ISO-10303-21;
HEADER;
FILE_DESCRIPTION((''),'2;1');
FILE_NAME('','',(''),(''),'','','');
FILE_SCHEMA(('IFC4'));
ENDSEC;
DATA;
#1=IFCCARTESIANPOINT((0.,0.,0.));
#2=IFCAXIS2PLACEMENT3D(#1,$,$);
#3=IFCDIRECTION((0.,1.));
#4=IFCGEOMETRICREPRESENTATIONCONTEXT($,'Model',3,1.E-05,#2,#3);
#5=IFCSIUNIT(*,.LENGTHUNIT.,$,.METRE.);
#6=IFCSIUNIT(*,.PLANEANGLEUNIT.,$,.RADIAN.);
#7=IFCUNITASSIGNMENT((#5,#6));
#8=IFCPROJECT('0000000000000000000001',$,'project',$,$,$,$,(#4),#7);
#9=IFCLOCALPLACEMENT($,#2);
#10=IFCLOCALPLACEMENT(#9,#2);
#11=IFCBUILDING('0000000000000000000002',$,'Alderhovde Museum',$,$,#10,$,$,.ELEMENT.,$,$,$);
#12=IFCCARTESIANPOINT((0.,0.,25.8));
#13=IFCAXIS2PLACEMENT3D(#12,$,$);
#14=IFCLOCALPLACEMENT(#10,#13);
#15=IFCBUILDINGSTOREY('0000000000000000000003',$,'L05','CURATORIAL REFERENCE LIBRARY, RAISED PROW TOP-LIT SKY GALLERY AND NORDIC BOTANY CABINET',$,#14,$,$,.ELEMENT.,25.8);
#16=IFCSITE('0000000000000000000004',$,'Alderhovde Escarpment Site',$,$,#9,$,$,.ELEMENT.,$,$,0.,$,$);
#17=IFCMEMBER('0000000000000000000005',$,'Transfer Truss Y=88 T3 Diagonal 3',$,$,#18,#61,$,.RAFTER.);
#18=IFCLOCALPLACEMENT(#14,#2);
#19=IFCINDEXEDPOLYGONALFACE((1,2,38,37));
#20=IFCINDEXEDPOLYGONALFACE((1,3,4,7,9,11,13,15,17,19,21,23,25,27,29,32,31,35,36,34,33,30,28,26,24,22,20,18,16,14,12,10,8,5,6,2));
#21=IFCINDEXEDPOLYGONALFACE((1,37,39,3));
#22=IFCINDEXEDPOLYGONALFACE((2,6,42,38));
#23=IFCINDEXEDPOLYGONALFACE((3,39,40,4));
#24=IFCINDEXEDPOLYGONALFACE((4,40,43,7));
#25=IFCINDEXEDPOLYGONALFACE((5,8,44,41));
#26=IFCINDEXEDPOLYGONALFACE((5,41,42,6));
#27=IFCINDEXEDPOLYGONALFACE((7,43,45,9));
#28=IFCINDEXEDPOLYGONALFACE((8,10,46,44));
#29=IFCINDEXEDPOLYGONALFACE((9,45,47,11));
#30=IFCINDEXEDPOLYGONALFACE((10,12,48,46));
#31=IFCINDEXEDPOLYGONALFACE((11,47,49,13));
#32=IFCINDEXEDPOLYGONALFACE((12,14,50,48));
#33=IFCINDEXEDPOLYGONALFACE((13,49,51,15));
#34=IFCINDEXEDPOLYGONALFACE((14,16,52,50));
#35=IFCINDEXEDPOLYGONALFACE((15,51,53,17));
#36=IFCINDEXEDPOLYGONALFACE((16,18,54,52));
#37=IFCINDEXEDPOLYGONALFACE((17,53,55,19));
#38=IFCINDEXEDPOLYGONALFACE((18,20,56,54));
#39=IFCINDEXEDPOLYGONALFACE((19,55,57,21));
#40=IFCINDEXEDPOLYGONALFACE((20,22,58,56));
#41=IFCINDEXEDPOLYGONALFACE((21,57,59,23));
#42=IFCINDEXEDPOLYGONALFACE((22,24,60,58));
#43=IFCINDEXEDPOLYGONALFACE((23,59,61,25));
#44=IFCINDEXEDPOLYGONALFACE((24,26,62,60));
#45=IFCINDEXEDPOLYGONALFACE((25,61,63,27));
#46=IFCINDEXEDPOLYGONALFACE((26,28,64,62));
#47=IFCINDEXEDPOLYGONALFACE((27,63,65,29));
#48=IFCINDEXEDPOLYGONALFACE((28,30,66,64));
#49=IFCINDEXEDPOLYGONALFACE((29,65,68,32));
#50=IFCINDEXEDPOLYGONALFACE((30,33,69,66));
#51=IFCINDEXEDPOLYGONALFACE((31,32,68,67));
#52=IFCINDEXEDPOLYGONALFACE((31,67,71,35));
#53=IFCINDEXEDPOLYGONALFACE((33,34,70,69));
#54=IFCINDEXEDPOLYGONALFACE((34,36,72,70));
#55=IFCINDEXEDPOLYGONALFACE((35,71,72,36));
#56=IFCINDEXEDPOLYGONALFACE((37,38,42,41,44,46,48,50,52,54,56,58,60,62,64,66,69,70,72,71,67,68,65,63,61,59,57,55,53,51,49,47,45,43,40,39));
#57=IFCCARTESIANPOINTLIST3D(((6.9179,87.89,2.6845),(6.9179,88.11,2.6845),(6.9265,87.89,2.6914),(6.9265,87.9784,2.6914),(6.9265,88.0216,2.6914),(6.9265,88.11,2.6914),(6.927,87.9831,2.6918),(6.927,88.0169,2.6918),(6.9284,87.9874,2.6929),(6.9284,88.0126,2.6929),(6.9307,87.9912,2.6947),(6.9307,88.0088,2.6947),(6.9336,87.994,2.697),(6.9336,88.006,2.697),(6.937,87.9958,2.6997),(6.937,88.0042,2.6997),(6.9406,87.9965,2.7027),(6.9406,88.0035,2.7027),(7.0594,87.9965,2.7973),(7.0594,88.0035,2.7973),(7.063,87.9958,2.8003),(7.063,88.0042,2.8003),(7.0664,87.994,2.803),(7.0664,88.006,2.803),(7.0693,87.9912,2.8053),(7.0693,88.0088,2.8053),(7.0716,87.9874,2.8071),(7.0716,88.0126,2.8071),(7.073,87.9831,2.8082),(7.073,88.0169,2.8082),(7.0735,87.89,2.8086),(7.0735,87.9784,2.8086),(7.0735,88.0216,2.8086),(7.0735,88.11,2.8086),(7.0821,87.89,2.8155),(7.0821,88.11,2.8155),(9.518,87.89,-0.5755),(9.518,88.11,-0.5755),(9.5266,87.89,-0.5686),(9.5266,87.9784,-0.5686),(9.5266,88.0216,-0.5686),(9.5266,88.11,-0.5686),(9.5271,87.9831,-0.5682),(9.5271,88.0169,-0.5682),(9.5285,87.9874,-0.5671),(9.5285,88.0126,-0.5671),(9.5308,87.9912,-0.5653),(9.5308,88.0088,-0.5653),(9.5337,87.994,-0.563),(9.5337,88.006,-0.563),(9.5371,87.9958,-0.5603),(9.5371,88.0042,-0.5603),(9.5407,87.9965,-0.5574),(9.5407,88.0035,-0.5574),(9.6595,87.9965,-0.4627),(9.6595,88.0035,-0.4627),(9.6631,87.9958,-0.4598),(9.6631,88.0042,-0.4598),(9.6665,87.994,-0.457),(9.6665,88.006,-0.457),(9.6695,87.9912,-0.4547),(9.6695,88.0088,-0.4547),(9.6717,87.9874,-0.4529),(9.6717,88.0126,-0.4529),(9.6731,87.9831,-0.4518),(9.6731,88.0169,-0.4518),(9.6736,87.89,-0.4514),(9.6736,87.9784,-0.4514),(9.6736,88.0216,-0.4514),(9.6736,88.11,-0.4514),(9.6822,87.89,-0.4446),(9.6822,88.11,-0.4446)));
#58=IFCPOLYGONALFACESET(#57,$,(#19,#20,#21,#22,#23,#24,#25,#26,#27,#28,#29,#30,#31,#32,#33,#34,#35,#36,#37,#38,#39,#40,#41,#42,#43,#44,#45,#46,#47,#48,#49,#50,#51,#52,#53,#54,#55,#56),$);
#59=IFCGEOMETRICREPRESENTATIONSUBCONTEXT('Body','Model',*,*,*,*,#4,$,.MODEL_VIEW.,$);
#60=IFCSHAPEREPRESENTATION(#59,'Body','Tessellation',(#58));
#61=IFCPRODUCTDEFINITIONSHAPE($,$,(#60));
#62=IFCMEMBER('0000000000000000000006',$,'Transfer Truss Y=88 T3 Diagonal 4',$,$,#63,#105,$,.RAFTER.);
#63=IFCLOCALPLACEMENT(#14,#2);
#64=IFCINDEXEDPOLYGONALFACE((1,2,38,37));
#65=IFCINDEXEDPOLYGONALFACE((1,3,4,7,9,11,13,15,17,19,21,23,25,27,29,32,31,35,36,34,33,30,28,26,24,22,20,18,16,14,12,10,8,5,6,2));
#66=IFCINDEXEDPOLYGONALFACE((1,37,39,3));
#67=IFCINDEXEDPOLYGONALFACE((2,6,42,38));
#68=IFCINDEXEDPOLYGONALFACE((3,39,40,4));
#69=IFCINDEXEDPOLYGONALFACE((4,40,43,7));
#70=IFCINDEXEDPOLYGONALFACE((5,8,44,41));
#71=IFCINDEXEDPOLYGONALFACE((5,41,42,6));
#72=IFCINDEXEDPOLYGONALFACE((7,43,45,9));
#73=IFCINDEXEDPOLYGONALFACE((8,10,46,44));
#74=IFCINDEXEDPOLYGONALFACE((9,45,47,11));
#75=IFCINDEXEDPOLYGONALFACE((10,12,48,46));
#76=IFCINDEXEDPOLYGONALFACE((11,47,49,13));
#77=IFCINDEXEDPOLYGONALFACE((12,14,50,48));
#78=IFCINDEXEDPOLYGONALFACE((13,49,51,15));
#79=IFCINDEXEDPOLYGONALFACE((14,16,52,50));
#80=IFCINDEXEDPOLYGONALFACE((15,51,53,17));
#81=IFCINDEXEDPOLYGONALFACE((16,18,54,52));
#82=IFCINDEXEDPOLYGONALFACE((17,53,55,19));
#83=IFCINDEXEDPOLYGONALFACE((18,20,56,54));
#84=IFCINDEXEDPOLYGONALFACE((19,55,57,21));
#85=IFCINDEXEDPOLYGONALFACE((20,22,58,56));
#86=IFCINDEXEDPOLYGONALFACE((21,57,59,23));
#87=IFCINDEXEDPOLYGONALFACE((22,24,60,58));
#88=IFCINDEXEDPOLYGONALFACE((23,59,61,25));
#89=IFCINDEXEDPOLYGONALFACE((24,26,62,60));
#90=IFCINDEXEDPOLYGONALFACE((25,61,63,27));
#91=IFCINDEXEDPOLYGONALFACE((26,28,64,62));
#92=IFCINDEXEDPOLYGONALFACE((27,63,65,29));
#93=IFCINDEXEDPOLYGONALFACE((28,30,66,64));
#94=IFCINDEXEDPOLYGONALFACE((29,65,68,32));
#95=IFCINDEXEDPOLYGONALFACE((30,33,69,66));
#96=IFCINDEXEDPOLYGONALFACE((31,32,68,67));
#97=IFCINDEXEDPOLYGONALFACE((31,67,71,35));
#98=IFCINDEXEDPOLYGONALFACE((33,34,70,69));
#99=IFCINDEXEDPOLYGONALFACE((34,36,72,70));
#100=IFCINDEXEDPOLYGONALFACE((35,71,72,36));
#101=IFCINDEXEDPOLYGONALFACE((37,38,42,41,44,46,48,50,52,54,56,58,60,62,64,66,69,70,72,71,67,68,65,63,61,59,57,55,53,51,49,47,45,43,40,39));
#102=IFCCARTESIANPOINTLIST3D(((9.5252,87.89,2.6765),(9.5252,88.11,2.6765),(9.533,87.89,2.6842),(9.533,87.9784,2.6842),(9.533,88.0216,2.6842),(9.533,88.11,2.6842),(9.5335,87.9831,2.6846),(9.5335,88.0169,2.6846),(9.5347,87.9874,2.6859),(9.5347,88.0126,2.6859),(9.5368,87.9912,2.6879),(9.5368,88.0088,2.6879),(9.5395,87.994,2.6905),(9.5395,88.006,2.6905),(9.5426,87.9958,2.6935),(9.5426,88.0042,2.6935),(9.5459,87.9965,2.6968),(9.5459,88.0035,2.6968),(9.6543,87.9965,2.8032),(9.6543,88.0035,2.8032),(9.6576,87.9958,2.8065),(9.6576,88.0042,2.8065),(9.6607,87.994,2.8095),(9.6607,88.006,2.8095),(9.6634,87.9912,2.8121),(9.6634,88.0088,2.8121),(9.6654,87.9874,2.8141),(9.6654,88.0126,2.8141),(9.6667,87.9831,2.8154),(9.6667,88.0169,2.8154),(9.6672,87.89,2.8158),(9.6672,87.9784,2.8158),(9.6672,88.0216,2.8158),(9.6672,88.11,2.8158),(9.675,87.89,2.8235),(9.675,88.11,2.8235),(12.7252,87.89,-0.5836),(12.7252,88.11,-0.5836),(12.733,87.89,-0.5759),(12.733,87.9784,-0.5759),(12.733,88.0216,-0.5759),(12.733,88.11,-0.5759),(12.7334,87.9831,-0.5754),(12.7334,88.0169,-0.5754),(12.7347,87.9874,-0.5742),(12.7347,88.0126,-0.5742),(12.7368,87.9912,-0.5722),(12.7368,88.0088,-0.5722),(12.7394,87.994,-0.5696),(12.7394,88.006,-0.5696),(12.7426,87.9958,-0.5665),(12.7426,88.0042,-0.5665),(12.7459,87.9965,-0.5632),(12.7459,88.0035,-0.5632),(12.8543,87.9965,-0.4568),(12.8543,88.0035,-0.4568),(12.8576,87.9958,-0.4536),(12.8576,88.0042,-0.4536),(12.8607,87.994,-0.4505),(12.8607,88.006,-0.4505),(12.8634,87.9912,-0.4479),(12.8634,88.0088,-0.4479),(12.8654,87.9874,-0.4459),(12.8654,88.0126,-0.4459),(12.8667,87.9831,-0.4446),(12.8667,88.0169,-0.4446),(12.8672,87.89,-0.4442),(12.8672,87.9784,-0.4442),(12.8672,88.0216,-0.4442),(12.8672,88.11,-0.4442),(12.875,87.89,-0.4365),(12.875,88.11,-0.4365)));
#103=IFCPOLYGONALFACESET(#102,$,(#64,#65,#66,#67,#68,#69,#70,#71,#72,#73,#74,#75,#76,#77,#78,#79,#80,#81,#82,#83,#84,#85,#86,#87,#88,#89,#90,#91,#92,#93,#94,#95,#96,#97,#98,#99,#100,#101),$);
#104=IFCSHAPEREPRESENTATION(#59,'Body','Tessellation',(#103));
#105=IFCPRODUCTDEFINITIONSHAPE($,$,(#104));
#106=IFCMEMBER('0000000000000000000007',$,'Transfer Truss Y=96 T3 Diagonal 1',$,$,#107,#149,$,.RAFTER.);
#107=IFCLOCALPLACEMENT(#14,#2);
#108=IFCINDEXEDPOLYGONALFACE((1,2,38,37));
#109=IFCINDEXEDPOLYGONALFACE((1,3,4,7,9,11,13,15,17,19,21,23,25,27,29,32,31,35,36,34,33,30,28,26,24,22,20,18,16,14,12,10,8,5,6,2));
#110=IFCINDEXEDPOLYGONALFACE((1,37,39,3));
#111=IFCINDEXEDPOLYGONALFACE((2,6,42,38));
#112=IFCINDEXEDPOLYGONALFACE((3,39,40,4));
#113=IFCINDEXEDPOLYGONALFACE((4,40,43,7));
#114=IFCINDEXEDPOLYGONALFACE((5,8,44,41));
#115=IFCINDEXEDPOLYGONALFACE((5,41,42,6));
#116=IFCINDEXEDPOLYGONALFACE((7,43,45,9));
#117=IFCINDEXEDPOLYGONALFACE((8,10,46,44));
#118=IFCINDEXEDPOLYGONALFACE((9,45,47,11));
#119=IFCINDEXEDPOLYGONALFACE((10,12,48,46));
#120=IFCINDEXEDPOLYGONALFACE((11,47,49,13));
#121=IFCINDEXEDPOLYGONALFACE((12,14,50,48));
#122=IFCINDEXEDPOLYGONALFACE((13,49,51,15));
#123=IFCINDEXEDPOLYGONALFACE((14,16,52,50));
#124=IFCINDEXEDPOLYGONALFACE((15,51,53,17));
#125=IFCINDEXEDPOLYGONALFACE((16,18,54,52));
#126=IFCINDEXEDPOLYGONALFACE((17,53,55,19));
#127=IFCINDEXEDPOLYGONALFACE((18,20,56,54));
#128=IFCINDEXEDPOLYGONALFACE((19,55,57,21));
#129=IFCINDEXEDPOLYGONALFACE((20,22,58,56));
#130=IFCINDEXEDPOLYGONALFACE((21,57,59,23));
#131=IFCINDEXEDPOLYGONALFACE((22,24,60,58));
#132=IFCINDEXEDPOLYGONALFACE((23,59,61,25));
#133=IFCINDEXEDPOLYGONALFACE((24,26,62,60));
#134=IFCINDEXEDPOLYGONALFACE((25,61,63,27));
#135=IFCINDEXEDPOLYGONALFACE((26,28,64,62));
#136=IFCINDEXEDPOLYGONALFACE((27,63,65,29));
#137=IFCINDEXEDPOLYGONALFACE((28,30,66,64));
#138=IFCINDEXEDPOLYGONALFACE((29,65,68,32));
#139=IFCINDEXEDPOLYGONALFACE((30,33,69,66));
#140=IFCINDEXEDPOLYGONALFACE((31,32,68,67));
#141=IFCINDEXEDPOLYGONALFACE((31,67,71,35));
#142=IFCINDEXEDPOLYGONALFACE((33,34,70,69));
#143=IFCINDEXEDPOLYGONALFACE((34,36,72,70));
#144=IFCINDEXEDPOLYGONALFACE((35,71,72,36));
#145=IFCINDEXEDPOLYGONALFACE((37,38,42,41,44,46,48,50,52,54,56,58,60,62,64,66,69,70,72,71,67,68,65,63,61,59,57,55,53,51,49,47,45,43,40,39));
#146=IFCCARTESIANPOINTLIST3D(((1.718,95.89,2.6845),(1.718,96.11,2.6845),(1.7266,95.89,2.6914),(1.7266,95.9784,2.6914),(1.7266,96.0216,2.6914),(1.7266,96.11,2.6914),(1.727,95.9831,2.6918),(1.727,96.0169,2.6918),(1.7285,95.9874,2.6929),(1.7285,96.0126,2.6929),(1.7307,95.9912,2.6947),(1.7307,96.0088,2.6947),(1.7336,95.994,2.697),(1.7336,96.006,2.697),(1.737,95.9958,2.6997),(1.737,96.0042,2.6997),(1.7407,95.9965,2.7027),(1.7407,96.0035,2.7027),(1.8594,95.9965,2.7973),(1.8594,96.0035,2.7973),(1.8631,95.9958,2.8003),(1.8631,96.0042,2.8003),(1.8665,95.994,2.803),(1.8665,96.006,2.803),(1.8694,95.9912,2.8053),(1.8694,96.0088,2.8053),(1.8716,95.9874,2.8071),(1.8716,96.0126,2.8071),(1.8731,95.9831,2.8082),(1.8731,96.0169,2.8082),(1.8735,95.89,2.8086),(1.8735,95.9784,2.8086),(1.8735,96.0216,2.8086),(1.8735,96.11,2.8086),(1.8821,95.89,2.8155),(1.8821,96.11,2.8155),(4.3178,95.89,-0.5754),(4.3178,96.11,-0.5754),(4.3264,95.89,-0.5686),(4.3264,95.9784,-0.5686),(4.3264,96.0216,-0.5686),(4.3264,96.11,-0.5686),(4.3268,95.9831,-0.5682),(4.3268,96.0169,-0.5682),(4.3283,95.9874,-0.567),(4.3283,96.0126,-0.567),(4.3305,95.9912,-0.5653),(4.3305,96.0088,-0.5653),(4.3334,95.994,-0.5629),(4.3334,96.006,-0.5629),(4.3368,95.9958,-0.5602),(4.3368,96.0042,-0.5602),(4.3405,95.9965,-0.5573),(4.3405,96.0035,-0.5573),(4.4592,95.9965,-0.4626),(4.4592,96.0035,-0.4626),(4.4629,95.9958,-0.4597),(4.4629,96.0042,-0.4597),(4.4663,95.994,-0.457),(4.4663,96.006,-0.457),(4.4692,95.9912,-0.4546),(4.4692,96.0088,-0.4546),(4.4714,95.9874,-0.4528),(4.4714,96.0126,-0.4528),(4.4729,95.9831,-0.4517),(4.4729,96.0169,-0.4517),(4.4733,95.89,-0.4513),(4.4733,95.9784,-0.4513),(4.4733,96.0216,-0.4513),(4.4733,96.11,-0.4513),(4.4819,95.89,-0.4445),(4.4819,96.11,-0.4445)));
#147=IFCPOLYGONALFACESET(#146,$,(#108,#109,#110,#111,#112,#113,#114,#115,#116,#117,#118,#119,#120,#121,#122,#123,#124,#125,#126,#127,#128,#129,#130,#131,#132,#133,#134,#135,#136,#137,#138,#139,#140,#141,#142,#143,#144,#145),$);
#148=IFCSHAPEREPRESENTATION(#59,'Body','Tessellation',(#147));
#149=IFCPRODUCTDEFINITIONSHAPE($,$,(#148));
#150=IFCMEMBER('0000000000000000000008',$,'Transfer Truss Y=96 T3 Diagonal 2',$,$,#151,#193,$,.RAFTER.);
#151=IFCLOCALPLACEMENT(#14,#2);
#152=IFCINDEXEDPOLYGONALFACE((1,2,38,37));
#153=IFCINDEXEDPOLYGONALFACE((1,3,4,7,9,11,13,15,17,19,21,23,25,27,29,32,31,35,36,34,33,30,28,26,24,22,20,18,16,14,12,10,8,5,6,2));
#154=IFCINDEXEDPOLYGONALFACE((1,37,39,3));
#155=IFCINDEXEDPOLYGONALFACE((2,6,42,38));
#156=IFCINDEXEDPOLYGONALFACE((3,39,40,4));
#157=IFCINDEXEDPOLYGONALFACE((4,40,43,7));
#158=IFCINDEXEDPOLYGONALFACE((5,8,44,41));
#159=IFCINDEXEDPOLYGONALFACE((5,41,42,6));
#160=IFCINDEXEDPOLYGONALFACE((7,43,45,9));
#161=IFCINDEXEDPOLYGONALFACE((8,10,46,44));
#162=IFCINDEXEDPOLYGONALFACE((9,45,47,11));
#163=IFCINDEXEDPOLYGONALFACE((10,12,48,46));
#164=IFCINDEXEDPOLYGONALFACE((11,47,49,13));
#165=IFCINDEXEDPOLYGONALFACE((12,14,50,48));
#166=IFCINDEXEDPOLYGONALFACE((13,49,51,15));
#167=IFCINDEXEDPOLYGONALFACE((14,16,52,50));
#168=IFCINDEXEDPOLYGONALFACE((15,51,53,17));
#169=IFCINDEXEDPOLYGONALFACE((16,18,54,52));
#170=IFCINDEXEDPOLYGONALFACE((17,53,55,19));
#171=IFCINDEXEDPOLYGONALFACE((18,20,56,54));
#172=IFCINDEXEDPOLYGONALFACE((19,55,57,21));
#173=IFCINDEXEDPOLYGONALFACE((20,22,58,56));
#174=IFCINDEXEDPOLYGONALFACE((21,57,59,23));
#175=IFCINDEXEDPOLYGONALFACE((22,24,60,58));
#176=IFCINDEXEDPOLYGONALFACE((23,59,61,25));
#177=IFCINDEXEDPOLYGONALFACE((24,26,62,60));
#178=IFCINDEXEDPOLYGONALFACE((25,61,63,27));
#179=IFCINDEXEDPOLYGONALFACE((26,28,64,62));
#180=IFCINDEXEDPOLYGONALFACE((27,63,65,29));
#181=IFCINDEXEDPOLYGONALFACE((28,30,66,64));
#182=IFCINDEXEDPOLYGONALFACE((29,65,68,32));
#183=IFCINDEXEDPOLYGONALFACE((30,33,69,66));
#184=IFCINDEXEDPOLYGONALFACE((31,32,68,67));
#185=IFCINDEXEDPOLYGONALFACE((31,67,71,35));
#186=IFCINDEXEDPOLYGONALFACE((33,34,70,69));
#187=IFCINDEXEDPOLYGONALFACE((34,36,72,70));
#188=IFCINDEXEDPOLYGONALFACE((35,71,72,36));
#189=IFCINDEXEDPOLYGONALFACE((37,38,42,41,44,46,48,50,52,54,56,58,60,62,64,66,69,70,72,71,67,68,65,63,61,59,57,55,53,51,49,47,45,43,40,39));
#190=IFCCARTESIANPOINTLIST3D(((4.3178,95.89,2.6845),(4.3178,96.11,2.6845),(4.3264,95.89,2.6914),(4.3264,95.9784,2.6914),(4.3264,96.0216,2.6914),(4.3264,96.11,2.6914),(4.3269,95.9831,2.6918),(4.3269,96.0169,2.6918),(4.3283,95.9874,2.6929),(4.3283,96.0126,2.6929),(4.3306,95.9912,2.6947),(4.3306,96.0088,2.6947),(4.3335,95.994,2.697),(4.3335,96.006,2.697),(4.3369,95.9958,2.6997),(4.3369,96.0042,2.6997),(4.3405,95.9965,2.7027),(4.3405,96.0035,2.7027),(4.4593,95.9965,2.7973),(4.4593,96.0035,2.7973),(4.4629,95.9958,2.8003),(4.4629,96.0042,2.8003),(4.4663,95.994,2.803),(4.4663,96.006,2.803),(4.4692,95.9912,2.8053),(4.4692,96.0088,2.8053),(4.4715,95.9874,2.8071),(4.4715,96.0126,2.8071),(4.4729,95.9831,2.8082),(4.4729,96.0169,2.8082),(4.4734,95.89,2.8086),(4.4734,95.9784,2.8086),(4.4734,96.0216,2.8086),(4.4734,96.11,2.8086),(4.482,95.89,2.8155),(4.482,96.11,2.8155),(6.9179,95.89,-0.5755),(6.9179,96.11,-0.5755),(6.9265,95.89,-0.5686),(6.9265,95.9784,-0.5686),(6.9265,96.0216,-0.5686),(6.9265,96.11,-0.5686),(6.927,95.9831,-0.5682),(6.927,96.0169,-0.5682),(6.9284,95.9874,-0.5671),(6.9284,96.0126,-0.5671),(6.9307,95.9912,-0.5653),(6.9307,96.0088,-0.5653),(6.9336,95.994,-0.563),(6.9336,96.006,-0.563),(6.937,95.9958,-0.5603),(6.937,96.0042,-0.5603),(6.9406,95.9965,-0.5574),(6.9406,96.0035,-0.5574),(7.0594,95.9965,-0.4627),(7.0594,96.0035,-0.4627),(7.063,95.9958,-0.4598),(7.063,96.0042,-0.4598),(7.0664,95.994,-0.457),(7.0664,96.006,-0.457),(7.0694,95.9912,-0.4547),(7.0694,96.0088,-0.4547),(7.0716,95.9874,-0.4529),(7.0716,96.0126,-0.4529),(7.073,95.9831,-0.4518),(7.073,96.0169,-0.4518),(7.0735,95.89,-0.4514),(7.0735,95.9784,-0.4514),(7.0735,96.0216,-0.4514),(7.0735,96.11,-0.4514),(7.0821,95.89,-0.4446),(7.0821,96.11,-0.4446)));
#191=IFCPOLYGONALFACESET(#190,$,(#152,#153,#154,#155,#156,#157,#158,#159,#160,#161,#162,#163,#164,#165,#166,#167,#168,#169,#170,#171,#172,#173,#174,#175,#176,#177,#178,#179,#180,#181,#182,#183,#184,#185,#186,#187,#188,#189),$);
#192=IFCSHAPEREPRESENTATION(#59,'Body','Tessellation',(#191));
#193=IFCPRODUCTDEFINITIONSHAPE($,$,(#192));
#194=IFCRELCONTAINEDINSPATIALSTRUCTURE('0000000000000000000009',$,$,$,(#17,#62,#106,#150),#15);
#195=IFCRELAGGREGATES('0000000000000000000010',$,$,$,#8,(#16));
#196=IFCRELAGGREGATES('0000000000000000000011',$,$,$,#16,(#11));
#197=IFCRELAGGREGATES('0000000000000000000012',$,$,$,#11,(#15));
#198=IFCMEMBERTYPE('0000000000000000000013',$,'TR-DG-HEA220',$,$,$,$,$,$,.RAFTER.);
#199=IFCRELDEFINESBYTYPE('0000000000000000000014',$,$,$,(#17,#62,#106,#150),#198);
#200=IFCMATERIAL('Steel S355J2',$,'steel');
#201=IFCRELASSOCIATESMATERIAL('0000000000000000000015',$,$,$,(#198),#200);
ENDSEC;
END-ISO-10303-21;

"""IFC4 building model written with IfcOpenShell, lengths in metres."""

from ifc_helpers import new_model, si_unit, direction, frame, origin, origin_2d, place, context, subcontext, project, spatial, i_section, extrude, material, material_profile, profile_set, type_object, element, save


model = new_model("IFC4")

# Units and contexts
model_context = context("Model", 3, precision=1e-05, world=origin(), true_north=direction((0.0, 1.0)))
body_context = subcontext(model_context, "Body", "Model", "MODEL_VIEW")
ifc_project = project(units=[si_unit("LENGTHUNIT", "METRE"), si_unit("PLANEANGLEUNIT", "RADIAN")], contexts=[model_context])

# Site, building, storey
site_placement = place(None, origin())
site = spatial("IfcSite", under=ifc_project, at=site_placement, Name="Alderhovde Escarpment Site", CompositionType="ELEMENT", RefElevation=0.0)
building_placement = place(site_placement, origin())
building = spatial("IfcBuilding", under=site, at=building_placement, Name="Alderhovde Museum", CompositionType="ELEMENT")
storey_placement = place(building_placement, frame((0.0, 0.0, 25.8)))
storey = spatial("IfcBuildingStorey", under=building, at=storey_placement, Name="L05", Description="CURATORIAL REFERENCE LIBRARY, RAISED PROW TOP-LIT SKY GALLERY AND NORDIC BOTANY CABINET", CompositionType="ELEMENT", Elevation=25.8)

# Members
ifc_material_1 = material(Name="Steel S355J2", Category="steel")
ifc_material_profile_1 = material_profile(ifc_material_1, i_section(OverallWidth=0.22, OverallDepth=0.21, WebThickness=0.0071, FlangeThickness=0.011, FilletRadius=0.0181, at=origin_2d()), Name="HEA 220")
ifc_profile_set_1 = profile_set([ifc_material_profile_1], Name="Steel S355J2")
member_type_1 = type_object("IfcMemberType", Name="TR-DG-HEA220", PredefinedType="RAFTER", material=ifc_profile_set_1)
for number, where, z_axis, x_axis, name in (
    (1, (7.0, 88.0, 2.75), (0.623538, 0.0, -0.781793), (0.0, 1.0, 0.0), "Transfer Truss Y=88 T3 Diagonal 3"),
):
    element("IfcMember", number, at=place(storey_placement, frame(where, z_axis=z_axis, x_axis=x_axis)), inside=storey, type_object=member_type_1, Name=name, PredefinedType="RAFTER", context=body_context, shape_type="SweptSolid", body=[
        extrude(i_section(OverallWidth=0.22, OverallDepth=0.21, WebThickness=0.0071, FlangeThickness=0.011, FilletRadius=0.0181, at=origin_2d()), origin(), (0.0, 0.0, 1.0), 4.1699),
    ])
member_1_placement = place(storey_placement, frame((9.6001, 88.0, 2.75), z_axis=(0.700502, 0.0, -0.71365), x_axis=(0.0, 1.0, 0.0)))
element("IfcMember", 2, at=member_1_placement, inside=storey, type_object=member_type_1, Name="Transfer Truss Y=88 T3 Diagonal 4", PredefinedType="RAFTER", context=body_context, shape_type="SweptSolid", body=[
    extrude(i_section(OverallWidth=0.22, OverallDepth=0.21, WebThickness=0.0071, FlangeThickness=0.011, FilletRadius=0.0181, at=origin_2d()), origin(), (0.0, 0.0, 1.0), 4.5681),
])
member_2_placement = place(storey_placement, frame((1.8, 96.0, 2.75), z_axis=(0.623502, 0.0, -0.781822), x_axis=(0.0, 1.0, 0.0)))
element("IfcMember", 3, at=member_2_placement, inside=storey, type_object=member_type_1, Name="Transfer Truss Y=96 T3 Diagonal 1", PredefinedType="RAFTER", context=body_context, shape_type="SweptSolid", body=[
    extrude(i_section(OverallWidth=0.22, OverallDepth=0.21, WebThickness=0.0071, FlangeThickness=0.011, FilletRadius=0.0181, at=origin_2d()), origin(), (0.0, 0.0, 1.0), 4.1697),
])
for number, where, z_axis, x_axis, name in (
    (4, (4.3999, 96.0, 2.75), (0.623538, 0.0, -0.781793), (0.0, 1.0, 0.0), "Transfer Truss Y=96 T3 Diagonal 2"),
):
    element("IfcMember", number, at=place(storey_placement, frame(where, z_axis=z_axis, x_axis=x_axis)), inside=storey, type_object=member_type_1, Name=name, PredefinedType="RAFTER", context=body_context, shape_type="SweptSolid", body=[
        extrude(i_section(OverallWidth=0.22, OverallDepth=0.21, WebThickness=0.0071, FlangeThickness=0.011, FilletRadius=0.0181, at=origin_2d()), origin(), (0.0, 0.0, 1.0), 4.1699),
    ])

save(model, "model.ifc")
